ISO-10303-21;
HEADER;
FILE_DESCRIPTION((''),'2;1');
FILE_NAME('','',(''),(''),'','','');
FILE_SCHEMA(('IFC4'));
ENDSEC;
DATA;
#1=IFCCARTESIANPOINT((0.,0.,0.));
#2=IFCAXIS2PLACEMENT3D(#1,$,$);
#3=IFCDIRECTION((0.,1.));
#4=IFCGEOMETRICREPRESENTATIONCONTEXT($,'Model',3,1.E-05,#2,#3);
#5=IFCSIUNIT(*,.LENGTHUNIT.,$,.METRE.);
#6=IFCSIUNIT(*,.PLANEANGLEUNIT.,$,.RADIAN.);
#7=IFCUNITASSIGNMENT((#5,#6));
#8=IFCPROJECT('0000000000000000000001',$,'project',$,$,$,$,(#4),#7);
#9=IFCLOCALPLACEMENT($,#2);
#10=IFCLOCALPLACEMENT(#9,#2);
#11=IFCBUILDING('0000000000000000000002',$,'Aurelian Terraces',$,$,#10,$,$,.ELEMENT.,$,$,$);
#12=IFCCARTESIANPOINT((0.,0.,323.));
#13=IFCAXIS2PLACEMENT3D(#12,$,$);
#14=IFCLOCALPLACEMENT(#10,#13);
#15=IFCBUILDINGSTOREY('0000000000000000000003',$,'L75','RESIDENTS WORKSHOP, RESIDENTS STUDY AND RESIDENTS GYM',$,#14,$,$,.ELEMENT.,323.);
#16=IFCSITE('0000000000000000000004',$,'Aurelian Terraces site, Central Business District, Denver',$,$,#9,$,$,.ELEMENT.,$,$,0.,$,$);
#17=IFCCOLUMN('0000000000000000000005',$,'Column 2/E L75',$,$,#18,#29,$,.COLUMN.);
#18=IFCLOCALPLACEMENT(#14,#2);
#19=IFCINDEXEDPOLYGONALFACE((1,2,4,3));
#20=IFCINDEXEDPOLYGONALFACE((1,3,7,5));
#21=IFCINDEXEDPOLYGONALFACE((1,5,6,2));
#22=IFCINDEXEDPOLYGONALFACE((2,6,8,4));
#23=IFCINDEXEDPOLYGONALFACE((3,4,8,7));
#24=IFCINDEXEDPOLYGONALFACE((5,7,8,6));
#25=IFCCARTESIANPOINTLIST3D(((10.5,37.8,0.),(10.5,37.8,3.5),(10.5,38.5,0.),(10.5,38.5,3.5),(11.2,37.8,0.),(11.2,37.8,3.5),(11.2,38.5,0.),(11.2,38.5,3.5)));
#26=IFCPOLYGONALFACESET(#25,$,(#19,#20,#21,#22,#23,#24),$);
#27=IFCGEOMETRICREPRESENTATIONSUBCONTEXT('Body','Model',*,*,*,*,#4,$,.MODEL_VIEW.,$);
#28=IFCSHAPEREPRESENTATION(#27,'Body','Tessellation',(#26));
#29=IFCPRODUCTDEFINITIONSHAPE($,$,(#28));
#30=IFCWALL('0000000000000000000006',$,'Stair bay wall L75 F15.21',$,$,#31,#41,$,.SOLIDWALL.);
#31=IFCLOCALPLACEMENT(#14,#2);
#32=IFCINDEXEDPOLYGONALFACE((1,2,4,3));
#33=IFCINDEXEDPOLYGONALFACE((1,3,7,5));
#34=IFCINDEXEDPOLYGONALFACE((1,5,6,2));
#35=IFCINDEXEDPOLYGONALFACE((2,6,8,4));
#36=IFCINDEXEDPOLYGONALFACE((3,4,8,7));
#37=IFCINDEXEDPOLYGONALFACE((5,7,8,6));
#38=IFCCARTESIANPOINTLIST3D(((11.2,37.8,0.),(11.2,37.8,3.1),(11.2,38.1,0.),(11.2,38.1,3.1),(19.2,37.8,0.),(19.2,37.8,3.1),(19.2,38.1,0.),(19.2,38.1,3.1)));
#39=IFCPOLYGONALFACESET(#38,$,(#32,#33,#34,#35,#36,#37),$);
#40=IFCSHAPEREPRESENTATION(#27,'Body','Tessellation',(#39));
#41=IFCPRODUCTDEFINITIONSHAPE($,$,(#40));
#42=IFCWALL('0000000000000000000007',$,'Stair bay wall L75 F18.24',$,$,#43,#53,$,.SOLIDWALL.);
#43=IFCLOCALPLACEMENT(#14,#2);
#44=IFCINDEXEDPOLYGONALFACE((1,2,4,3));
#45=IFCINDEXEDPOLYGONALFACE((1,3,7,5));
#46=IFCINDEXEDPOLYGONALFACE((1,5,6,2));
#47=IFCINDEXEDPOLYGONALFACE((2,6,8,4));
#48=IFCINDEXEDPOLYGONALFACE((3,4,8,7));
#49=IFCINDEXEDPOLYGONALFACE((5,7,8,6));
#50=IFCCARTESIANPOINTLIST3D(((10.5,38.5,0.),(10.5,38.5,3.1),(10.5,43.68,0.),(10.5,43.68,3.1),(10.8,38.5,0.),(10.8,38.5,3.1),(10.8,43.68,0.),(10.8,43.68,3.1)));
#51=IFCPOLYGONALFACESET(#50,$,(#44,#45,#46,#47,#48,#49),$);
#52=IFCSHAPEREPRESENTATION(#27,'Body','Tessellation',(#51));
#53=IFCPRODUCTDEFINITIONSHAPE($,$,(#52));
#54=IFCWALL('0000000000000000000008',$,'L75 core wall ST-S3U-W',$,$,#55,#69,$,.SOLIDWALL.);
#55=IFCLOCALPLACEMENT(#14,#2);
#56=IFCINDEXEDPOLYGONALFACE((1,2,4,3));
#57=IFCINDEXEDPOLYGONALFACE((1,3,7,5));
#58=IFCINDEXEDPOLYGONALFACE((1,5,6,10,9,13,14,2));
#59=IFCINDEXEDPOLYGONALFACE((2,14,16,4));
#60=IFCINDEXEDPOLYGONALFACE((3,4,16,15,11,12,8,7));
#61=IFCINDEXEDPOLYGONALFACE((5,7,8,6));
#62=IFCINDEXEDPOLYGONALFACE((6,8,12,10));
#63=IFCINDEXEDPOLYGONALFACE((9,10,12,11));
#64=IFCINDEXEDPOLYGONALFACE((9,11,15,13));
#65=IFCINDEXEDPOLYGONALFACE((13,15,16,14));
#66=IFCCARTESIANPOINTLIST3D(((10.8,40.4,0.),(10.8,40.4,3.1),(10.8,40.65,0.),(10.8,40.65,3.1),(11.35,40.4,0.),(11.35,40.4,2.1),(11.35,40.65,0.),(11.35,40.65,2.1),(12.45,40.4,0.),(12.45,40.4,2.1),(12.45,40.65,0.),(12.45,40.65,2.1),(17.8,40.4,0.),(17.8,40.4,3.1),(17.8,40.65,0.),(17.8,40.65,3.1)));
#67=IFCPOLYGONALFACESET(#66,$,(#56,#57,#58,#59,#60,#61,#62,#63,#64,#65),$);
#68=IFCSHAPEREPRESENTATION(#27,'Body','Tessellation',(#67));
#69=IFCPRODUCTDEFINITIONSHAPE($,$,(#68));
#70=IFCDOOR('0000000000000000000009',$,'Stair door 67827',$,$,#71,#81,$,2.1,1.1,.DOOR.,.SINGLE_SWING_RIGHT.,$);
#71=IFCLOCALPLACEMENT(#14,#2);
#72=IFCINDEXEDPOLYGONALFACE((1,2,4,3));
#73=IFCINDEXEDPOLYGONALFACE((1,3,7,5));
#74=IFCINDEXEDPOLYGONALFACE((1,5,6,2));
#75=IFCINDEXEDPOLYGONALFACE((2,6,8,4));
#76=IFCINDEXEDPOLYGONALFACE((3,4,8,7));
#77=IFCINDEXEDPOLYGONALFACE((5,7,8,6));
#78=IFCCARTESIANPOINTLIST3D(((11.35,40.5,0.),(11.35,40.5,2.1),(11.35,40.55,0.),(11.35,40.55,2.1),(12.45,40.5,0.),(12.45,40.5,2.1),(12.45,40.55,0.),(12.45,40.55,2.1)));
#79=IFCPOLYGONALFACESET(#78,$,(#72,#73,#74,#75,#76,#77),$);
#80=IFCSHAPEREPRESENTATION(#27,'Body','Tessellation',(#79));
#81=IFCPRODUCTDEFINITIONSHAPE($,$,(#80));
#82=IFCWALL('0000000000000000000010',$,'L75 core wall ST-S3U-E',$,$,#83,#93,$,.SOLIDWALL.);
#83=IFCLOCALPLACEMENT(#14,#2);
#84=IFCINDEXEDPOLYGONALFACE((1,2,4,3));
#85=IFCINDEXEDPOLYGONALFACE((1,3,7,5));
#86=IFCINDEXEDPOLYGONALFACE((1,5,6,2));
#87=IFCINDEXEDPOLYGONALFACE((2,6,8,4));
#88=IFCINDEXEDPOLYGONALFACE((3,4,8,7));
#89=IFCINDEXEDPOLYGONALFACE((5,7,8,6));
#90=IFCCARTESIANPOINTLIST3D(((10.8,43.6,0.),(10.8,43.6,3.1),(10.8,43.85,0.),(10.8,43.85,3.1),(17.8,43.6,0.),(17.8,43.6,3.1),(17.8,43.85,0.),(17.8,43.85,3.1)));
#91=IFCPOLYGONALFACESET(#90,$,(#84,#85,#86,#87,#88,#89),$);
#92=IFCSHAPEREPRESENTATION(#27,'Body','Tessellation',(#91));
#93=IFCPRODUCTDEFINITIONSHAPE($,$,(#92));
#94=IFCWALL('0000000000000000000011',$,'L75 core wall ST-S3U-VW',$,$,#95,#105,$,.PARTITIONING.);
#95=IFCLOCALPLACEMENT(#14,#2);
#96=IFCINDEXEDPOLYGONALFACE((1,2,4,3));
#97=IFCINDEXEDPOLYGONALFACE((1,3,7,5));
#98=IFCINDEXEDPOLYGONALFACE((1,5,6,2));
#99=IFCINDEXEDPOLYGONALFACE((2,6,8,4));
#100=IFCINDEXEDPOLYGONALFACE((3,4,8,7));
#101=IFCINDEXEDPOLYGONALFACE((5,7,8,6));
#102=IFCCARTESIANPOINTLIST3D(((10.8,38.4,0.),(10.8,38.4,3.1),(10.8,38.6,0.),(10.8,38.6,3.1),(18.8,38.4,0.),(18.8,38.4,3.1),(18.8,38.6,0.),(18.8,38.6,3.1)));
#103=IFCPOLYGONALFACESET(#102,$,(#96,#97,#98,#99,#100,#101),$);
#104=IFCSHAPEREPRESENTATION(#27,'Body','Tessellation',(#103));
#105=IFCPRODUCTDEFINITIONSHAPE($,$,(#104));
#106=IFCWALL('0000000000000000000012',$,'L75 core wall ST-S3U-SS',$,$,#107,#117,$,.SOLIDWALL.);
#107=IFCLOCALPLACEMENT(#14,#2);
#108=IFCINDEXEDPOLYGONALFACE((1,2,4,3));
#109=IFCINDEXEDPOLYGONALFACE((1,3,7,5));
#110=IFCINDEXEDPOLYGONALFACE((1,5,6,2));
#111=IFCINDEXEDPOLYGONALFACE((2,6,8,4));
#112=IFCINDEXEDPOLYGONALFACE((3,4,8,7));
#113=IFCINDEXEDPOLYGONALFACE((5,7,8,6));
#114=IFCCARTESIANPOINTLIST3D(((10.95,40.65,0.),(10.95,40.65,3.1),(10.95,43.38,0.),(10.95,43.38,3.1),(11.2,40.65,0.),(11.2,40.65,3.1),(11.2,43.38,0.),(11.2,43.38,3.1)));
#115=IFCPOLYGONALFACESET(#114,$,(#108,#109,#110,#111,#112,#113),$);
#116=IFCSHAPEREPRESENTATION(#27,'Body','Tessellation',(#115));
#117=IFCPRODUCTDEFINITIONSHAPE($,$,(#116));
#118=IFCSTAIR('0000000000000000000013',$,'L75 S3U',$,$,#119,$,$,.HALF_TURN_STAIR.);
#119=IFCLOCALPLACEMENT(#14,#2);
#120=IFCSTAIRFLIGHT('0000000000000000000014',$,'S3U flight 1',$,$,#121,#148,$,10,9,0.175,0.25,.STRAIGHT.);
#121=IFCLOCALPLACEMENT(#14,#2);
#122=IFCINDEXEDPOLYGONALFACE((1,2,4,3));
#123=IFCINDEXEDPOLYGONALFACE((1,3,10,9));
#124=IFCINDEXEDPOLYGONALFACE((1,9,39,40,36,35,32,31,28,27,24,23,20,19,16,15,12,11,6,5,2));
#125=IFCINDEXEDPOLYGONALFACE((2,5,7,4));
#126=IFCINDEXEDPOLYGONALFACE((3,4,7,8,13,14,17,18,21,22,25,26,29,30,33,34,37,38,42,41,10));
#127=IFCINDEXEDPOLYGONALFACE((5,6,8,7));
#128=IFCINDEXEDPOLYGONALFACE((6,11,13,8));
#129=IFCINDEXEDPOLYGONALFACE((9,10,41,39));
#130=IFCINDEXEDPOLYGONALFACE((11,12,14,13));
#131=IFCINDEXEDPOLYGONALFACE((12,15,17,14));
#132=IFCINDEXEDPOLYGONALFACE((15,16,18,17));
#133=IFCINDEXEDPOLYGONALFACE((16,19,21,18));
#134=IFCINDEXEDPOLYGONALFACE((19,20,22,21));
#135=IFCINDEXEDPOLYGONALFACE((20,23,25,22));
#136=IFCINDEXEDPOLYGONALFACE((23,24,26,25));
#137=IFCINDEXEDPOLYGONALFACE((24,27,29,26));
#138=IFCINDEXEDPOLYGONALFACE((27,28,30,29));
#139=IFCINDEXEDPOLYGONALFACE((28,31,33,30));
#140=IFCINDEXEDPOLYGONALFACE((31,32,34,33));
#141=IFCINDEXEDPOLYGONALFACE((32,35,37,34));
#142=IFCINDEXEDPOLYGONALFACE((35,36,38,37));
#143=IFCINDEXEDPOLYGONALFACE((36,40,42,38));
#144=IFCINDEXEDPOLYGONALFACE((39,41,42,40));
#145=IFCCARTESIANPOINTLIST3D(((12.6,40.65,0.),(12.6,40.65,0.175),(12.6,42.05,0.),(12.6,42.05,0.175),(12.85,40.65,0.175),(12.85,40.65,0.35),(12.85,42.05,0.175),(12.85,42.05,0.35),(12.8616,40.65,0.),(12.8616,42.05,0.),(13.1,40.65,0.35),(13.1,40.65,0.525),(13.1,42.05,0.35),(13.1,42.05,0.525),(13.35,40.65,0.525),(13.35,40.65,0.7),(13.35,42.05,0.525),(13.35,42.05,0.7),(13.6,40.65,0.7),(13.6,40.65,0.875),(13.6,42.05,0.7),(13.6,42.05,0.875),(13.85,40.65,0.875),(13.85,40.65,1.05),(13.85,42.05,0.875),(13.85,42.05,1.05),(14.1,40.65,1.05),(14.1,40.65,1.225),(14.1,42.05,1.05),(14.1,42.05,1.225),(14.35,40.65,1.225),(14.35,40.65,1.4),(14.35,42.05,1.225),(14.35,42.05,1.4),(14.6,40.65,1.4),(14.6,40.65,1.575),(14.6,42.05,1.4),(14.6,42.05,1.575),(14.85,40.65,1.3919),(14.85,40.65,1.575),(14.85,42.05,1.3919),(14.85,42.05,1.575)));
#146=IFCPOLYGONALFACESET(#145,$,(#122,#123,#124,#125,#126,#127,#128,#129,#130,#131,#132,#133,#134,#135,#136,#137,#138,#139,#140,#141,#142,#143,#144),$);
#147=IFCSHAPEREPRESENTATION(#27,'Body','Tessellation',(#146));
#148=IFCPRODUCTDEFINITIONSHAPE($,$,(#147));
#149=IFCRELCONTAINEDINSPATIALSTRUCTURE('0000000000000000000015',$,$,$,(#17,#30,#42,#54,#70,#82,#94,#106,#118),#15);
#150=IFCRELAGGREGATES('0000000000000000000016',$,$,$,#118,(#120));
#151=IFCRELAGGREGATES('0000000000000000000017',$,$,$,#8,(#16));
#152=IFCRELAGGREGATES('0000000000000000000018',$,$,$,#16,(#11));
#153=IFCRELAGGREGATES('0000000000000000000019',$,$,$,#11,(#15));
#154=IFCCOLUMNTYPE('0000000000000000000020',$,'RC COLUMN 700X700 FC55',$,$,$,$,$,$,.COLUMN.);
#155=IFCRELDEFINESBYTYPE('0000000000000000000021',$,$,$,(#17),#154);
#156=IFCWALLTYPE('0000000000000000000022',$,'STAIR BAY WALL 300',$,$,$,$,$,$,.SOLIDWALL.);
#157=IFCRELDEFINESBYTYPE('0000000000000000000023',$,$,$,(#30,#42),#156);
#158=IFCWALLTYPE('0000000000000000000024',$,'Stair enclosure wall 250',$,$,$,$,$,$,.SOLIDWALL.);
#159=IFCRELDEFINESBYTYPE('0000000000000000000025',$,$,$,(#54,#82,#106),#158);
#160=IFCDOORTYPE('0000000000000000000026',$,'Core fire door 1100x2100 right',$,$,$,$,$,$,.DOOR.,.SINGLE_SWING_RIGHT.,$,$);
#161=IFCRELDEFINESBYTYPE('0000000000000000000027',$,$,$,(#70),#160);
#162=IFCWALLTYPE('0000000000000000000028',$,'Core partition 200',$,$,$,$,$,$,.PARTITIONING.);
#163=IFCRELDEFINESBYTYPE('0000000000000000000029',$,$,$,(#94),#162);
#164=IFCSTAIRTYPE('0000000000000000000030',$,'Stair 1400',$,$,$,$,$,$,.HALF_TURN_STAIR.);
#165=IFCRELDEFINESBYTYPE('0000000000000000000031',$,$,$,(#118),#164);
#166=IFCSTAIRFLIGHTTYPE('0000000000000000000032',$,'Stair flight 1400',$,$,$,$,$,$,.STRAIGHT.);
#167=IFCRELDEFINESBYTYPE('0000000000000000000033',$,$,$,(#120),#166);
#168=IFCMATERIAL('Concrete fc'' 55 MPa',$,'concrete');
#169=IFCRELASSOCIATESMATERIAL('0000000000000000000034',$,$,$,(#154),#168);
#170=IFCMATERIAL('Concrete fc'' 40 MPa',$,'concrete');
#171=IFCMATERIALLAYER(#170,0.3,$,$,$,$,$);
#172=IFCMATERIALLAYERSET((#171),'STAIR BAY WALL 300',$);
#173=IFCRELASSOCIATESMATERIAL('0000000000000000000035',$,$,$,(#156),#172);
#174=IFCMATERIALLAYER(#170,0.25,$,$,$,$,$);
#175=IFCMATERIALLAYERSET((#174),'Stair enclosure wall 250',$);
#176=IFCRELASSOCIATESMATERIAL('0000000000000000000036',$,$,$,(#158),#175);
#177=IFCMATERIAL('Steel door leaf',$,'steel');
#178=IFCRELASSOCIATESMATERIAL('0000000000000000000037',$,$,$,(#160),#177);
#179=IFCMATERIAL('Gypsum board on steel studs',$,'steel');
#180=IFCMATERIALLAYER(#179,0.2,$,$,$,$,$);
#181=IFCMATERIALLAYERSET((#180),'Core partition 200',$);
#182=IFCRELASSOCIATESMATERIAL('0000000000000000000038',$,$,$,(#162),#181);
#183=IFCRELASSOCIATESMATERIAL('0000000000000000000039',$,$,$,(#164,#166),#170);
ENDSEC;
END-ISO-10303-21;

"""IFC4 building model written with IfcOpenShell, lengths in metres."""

from ifc_helpers import new_model, si_unit, direction, frame, frame_2d, origin, origin_2d, place, context, subcontext, project, spatial, polyline, rectangle, outline, extrude, source, transform, mapped, material, layer, layer_set, material_profile, profile_set, type_object, element, fill, aggregate, save


model = new_model("IFC4")

# Units and contexts
model_context = context("Model", 3, precision=1e-05, world=origin(), true_north=direction((0.0, 1.0)))
body_context = subcontext(model_context, "Body", "Model", "MODEL_VIEW")
ifc_project = project(units=[si_unit("LENGTHUNIT", "METRE"), si_unit("PLANEANGLEUNIT", "RADIAN")], contexts=[model_context])

# Site, building, storey
site_placement = place(None, origin())
site = spatial("IfcSite", under=ifc_project, at=site_placement, Name="Aurelian Terraces site, Central Business District, Denver", CompositionType="ELEMENT", RefElevation=0.0)
building_placement = place(site_placement, origin())
building = spatial("IfcBuilding", under=site, at=building_placement, Name="Aurelian Terraces", CompositionType="ELEMENT")
storey_placement = place(building_placement, frame((0.0, 0.0, 323.0)))
storey = spatial("IfcBuildingStorey", under=building, at=storey_placement, Name="L75", Description="RESIDENTS WORKSHOP, RESIDENTS STUDY AND RESIDENTS GYM", CompositionType="ELEMENT", Elevation=323.0)

# Column
ifc_material_1 = material(Name="Concrete fc' 55 MPa", Category="concrete")
ifc_material_profile = material_profile(ifc_material_1, rectangle(XDim=0.7, YDim=0.7, at=origin_2d()))
ifc_profile_set = profile_set([ifc_material_profile], Name="Concrete fc' 55 MPa")
column_type = type_object("IfcColumnType", Name="RC COLUMN 700X700 FC55", PredefinedType="COLUMN", material=ifc_profile_set)
shared_shape_1 = source(origin(), body_context, "Body", "SweptSolid", [
    extrude(rectangle(XDim=0.7, YDim=0.7, at=origin_2d()), origin(), (0.0, 0.0, 1.0), 3.5),
])
column_placement = place(storey_placement, frame((10.85, 38.15, 0.0), z_axis=(0.0, 0.0, 1.0), x_axis=(1.0, 0.0, 0.0)))
element("IfcColumn", 1, at=column_placement, inside=storey, type_object=column_type, Name="Column 2/E L75", PredefinedType="COLUMN", context=body_context, shape_type="MappedRepresentation", body=[
    mapped(shared_shape_1, transform((0.0, 0.0, 0.0), scale=1.0)),
])

# Walls
ifc_material_2 = material(Name="Concrete fc' 40 MPa", Category="concrete")
ifc_layer_1 = layer(ifc_material_2, 0.3)
ifc_layer_set_1 = layer_set([ifc_layer_1], Name="STAIR BAY WALL 300")
wall_type_1 = type_object("IfcWallType", Name="STAIR BAY WALL 300", PredefinedType="SOLIDWALL", material=ifc_layer_set_1)
shared_shape_2 = source(origin(), body_context, "Body", "SweptSolid", [
    extrude(rectangle(XDim=8.0, YDim=0.3, at=frame_2d((4.0, 0.0))), origin(), (0.0, 0.0, 1.0), 3.1),
])
wall_1_placement = place(storey_placement, frame((11.2, 37.95, 0.0), z_axis=(0.0, 0.0, 1.0), x_axis=(1.0, 0.0, 0.0)))
element("IfcWall", 2, at=wall_1_placement, inside=storey, type_object=wall_type_1, Name="Stair bay wall L75 F15.21", PredefinedType="SOLIDWALL", context=body_context, shape_type="MappedRepresentation", body=[
    mapped(shared_shape_2, transform((0.0, 0.0, 0.0), scale=1.0)),
])
shared_shape_3 = source(origin(), body_context, "Body", "SweptSolid", [
    extrude(rectangle(XDim=5.18, YDim=0.3, at=frame_2d((2.59, 0.0))), origin(), (0.0, 0.0, 1.0), 3.1),
])
wall_2_placement = place(storey_placement, frame((10.65, 43.68, 0.0), z_axis=(0.0, 0.0, 1.0), x_axis=(0.0, -1.0, 0.0)))
element("IfcWall", 3, at=wall_2_placement, inside=storey, type_object=wall_type_1, Name="Stair bay wall L75 F18.24", PredefinedType="SOLIDWALL", context=body_context, shape_type="MappedRepresentation", body=[
    mapped(shared_shape_3, transform((0.0, 0.0, 0.0), scale=1.0)),
])

# Wall, opening, door
ifc_layer_2 = layer(ifc_material_2, 0.25)
ifc_layer_set_2 = layer_set([ifc_layer_2], Name="Stair enclosure wall 250")
wall_type_2 = type_object("IfcWallType", Name="Stair enclosure wall 250", PredefinedType="SOLIDWALL", material=ifc_layer_set_2)
shared_shape_4 = source(origin(), body_context, "Body", "SweptSolid", [
    extrude(rectangle(XDim=7.0, YDim=0.25, at=frame_2d((3.5, 0.0))), origin(), (0.0, 0.0, 1.0), 3.1),
])
wall_3_placement = place(storey_placement, frame((10.8, 40.525, 0.0), z_axis=(0.0, 0.0, 1.0), x_axis=(1.0, 0.0, 0.0)))
wall_3 = element("IfcWall", 4, at=wall_3_placement, inside=storey, type_object=wall_type_2, Name="L75 core wall ST-S3U-W", PredefinedType="SOLIDWALL", context=body_context, shape_type="MappedRepresentation", body=[
    mapped(shared_shape_4, transform((0.0, 0.0, 0.0), scale=1.0)),
])
shared_shape_5 = source(origin(), body_context, "Body", "SweptSolid", [
    extrude(rectangle(XDim=1.1, YDim=2.1, at=frame_2d((0.55, 1.05))), frame((0.0, 0.135, 0.0), z_axis=(0.0, -1.0, 0.0), x_axis=(1.0, 0.0, 0.0)), (0.0, 0.0, 1.0), 0.27),
])
opening_placement = place(wall_3_placement, frame((0.55, 0.0, 0.0)))
opening = element("IfcOpeningElement", 5, at=opening_placement, cuts=wall_3, PredefinedType="OPENING", context=body_context, shape_type="MappedRepresentation", body=[
    mapped(shared_shape_5, transform((0.0, 0.0, 0.0), scale=1.0)),
])
ifc_material_3 = material(Name="Steel door leaf", Category="steel")
door_type = type_object("IfcDoorType", Name="Core fire door 1100x2100 right", OperationType="SINGLE_SWING_RIGHT", PredefinedType="DOOR", material=ifc_material_3)
shared_shape_6 = source(origin(), body_context, "Body", "SweptSolid", [
    extrude(rectangle(XDim=1.1, YDim=2.1, at=frame_2d((0.55, 1.05))), frame((0.0, 0.025, 0.0), z_axis=(0.0, -1.0, 0.0), x_axis=(1.0, 0.0, 0.0)), (0.0, 0.0, 1.0), 0.05),
])
door_placement = place(opening_placement, origin())
door = element("IfcDoor", 6, at=door_placement, inside=storey, type_object=door_type, Name="Stair door 67827", OperationType="SINGLE_SWING_RIGHT", OverallHeight=2.1, OverallWidth=1.1, PredefinedType="DOOR", context=body_context, shape_type="MappedRepresentation", body=[
    mapped(shared_shape_6, transform((0.0, 0.0, 0.0), scale=1.0)),
])
fill(opening, door)

# Walls
wall_4_placement = place(storey_placement, frame((10.8, 43.725, 0.0), z_axis=(0.0, 0.0, 1.0), x_axis=(1.0, 0.0, 0.0)))
element("IfcWall", 7, at=wall_4_placement, inside=storey, type_object=wall_type_2, Name="L75 core wall ST-S3U-E", PredefinedType="SOLIDWALL", context=body_context, shape_type="MappedRepresentation", body=[
    mapped(shared_shape_4, transform((0.0, 0.0, 0.0), scale=1.0)),
])
ifc_material_4 = material(Name="Gypsum board on steel studs", Category="steel")
ifc_layer_3 = layer(ifc_material_4, 0.2)
ifc_layer_set_3 = layer_set([ifc_layer_3], Name="Core partition 200")
wall_type_3 = type_object("IfcWallType", Name="Core partition 200", PredefinedType="PARTITIONING", material=ifc_layer_set_3)
shared_shape_7 = source(origin(), body_context, "Body", "SweptSolid", [
    extrude(rectangle(XDim=8.0, YDim=0.2, at=frame_2d((4.0, 0.0))), origin(), (0.0, 0.0, 1.0), 3.1),
])
wall_5_placement = place(storey_placement, frame((10.8, 38.5, 0.0), z_axis=(0.0, 0.0, 1.0), x_axis=(1.0, 0.0, 0.0)))
element("IfcWall", 8, at=wall_5_placement, inside=storey, type_object=wall_type_3, Name="L75 core wall ST-S3U-VW", PredefinedType="PARTITIONING", context=body_context, shape_type="MappedRepresentation", body=[
    mapped(shared_shape_7, transform((0.0, 0.0, 0.0), scale=1.0)),
])
shared_shape_8 = source(origin(), body_context, "Body", "SweptSolid", [
    extrude(rectangle(XDim=2.73, YDim=0.25, at=frame_2d((1.365, 0.0))), origin(), (0.0, 0.0, 1.0), 3.1),
])
wall_6_placement = place(storey_placement, frame((11.075, 40.65, 0.0), z_axis=(0.0, 0.0, 1.0), x_axis=(0.0, 1.0, 0.0)))
element("IfcWall", 9, at=wall_6_placement, inside=storey, type_object=wall_type_2, Name="L75 core wall ST-S3U-SS", PredefinedType="SOLIDWALL", context=body_context, shape_type="MappedRepresentation", body=[
    mapped(shared_shape_8, transform((0.0, 0.0, 0.0), scale=1.0)),
])

# Stair, stair flight
stair_type = type_object("IfcStairType", Name="Stair 1400", PredefinedType="HALF_TURN_STAIR", material=ifc_material_2)
stair_placement = place(storey_placement, origin())
stair = element("IfcStair", 10, at=stair_placement, inside=storey, type_object=stair_type, Name="L75 S3U", PredefinedType="HALF_TURN_STAIR")
stair_flight_type = type_object("IfcStairFlightType", Name="Stair flight 1400", PredefinedType="STRAIGHT", material=ifc_material_2)
shared_shape_9 = source(origin(), body_context, "Body", "SweptSolid", [
    extrude(outline(polyline([(0.0, 0.0), (0.0, 0.175), (0.25, 0.175), (0.25, 0.35), (0.5, 0.35), (0.5, 0.525), (0.75, 0.525), (0.75, 0.7), (1.0, 0.7), (1.0, 0.875), (1.25, 0.875), (1.25, 1.05), (1.5, 1.05), (1.5, 1.225), (1.75, 1.225), (1.75, 1.4), (2.0, 1.4), (2.0, 1.575), (2.25, 1.575), (2.25, 1.75), (2.25, 1.3919), (0.2616, 0.0), (0.0, 0.0)])), frame((0.0, 0.7, 0.0), z_axis=(0.0, -1.0, 0.0), x_axis=(1.0, 0.0, 0.0)), (0.0, 0.0, 1.0), 1.4),
])
stair_flight_1_placement = place(storey_placement, frame((12.6, 41.35, 0.0), z_axis=(0.0, 0.0, 1.0), x_axis=(1.0, 0.0, 0.0)))
stair_flight_1 = element("IfcStairFlight", 11, at=stair_flight_1_placement, type_object=stair_flight_type, Name="S3U flight 1", NumberOfRisers=10, NumberOfTreads=9, PredefinedType="STRAIGHT", RiserHeight=0.175, TreadLength=0.25, context=body_context, shape_type="MappedRepresentation", body=[
    mapped(shared_shape_9, transform((0.0, 0.0, 0.0), scale=1.0)),
])
aggregate(stair, [stair_flight_1])

save(model, "model.ifc")
